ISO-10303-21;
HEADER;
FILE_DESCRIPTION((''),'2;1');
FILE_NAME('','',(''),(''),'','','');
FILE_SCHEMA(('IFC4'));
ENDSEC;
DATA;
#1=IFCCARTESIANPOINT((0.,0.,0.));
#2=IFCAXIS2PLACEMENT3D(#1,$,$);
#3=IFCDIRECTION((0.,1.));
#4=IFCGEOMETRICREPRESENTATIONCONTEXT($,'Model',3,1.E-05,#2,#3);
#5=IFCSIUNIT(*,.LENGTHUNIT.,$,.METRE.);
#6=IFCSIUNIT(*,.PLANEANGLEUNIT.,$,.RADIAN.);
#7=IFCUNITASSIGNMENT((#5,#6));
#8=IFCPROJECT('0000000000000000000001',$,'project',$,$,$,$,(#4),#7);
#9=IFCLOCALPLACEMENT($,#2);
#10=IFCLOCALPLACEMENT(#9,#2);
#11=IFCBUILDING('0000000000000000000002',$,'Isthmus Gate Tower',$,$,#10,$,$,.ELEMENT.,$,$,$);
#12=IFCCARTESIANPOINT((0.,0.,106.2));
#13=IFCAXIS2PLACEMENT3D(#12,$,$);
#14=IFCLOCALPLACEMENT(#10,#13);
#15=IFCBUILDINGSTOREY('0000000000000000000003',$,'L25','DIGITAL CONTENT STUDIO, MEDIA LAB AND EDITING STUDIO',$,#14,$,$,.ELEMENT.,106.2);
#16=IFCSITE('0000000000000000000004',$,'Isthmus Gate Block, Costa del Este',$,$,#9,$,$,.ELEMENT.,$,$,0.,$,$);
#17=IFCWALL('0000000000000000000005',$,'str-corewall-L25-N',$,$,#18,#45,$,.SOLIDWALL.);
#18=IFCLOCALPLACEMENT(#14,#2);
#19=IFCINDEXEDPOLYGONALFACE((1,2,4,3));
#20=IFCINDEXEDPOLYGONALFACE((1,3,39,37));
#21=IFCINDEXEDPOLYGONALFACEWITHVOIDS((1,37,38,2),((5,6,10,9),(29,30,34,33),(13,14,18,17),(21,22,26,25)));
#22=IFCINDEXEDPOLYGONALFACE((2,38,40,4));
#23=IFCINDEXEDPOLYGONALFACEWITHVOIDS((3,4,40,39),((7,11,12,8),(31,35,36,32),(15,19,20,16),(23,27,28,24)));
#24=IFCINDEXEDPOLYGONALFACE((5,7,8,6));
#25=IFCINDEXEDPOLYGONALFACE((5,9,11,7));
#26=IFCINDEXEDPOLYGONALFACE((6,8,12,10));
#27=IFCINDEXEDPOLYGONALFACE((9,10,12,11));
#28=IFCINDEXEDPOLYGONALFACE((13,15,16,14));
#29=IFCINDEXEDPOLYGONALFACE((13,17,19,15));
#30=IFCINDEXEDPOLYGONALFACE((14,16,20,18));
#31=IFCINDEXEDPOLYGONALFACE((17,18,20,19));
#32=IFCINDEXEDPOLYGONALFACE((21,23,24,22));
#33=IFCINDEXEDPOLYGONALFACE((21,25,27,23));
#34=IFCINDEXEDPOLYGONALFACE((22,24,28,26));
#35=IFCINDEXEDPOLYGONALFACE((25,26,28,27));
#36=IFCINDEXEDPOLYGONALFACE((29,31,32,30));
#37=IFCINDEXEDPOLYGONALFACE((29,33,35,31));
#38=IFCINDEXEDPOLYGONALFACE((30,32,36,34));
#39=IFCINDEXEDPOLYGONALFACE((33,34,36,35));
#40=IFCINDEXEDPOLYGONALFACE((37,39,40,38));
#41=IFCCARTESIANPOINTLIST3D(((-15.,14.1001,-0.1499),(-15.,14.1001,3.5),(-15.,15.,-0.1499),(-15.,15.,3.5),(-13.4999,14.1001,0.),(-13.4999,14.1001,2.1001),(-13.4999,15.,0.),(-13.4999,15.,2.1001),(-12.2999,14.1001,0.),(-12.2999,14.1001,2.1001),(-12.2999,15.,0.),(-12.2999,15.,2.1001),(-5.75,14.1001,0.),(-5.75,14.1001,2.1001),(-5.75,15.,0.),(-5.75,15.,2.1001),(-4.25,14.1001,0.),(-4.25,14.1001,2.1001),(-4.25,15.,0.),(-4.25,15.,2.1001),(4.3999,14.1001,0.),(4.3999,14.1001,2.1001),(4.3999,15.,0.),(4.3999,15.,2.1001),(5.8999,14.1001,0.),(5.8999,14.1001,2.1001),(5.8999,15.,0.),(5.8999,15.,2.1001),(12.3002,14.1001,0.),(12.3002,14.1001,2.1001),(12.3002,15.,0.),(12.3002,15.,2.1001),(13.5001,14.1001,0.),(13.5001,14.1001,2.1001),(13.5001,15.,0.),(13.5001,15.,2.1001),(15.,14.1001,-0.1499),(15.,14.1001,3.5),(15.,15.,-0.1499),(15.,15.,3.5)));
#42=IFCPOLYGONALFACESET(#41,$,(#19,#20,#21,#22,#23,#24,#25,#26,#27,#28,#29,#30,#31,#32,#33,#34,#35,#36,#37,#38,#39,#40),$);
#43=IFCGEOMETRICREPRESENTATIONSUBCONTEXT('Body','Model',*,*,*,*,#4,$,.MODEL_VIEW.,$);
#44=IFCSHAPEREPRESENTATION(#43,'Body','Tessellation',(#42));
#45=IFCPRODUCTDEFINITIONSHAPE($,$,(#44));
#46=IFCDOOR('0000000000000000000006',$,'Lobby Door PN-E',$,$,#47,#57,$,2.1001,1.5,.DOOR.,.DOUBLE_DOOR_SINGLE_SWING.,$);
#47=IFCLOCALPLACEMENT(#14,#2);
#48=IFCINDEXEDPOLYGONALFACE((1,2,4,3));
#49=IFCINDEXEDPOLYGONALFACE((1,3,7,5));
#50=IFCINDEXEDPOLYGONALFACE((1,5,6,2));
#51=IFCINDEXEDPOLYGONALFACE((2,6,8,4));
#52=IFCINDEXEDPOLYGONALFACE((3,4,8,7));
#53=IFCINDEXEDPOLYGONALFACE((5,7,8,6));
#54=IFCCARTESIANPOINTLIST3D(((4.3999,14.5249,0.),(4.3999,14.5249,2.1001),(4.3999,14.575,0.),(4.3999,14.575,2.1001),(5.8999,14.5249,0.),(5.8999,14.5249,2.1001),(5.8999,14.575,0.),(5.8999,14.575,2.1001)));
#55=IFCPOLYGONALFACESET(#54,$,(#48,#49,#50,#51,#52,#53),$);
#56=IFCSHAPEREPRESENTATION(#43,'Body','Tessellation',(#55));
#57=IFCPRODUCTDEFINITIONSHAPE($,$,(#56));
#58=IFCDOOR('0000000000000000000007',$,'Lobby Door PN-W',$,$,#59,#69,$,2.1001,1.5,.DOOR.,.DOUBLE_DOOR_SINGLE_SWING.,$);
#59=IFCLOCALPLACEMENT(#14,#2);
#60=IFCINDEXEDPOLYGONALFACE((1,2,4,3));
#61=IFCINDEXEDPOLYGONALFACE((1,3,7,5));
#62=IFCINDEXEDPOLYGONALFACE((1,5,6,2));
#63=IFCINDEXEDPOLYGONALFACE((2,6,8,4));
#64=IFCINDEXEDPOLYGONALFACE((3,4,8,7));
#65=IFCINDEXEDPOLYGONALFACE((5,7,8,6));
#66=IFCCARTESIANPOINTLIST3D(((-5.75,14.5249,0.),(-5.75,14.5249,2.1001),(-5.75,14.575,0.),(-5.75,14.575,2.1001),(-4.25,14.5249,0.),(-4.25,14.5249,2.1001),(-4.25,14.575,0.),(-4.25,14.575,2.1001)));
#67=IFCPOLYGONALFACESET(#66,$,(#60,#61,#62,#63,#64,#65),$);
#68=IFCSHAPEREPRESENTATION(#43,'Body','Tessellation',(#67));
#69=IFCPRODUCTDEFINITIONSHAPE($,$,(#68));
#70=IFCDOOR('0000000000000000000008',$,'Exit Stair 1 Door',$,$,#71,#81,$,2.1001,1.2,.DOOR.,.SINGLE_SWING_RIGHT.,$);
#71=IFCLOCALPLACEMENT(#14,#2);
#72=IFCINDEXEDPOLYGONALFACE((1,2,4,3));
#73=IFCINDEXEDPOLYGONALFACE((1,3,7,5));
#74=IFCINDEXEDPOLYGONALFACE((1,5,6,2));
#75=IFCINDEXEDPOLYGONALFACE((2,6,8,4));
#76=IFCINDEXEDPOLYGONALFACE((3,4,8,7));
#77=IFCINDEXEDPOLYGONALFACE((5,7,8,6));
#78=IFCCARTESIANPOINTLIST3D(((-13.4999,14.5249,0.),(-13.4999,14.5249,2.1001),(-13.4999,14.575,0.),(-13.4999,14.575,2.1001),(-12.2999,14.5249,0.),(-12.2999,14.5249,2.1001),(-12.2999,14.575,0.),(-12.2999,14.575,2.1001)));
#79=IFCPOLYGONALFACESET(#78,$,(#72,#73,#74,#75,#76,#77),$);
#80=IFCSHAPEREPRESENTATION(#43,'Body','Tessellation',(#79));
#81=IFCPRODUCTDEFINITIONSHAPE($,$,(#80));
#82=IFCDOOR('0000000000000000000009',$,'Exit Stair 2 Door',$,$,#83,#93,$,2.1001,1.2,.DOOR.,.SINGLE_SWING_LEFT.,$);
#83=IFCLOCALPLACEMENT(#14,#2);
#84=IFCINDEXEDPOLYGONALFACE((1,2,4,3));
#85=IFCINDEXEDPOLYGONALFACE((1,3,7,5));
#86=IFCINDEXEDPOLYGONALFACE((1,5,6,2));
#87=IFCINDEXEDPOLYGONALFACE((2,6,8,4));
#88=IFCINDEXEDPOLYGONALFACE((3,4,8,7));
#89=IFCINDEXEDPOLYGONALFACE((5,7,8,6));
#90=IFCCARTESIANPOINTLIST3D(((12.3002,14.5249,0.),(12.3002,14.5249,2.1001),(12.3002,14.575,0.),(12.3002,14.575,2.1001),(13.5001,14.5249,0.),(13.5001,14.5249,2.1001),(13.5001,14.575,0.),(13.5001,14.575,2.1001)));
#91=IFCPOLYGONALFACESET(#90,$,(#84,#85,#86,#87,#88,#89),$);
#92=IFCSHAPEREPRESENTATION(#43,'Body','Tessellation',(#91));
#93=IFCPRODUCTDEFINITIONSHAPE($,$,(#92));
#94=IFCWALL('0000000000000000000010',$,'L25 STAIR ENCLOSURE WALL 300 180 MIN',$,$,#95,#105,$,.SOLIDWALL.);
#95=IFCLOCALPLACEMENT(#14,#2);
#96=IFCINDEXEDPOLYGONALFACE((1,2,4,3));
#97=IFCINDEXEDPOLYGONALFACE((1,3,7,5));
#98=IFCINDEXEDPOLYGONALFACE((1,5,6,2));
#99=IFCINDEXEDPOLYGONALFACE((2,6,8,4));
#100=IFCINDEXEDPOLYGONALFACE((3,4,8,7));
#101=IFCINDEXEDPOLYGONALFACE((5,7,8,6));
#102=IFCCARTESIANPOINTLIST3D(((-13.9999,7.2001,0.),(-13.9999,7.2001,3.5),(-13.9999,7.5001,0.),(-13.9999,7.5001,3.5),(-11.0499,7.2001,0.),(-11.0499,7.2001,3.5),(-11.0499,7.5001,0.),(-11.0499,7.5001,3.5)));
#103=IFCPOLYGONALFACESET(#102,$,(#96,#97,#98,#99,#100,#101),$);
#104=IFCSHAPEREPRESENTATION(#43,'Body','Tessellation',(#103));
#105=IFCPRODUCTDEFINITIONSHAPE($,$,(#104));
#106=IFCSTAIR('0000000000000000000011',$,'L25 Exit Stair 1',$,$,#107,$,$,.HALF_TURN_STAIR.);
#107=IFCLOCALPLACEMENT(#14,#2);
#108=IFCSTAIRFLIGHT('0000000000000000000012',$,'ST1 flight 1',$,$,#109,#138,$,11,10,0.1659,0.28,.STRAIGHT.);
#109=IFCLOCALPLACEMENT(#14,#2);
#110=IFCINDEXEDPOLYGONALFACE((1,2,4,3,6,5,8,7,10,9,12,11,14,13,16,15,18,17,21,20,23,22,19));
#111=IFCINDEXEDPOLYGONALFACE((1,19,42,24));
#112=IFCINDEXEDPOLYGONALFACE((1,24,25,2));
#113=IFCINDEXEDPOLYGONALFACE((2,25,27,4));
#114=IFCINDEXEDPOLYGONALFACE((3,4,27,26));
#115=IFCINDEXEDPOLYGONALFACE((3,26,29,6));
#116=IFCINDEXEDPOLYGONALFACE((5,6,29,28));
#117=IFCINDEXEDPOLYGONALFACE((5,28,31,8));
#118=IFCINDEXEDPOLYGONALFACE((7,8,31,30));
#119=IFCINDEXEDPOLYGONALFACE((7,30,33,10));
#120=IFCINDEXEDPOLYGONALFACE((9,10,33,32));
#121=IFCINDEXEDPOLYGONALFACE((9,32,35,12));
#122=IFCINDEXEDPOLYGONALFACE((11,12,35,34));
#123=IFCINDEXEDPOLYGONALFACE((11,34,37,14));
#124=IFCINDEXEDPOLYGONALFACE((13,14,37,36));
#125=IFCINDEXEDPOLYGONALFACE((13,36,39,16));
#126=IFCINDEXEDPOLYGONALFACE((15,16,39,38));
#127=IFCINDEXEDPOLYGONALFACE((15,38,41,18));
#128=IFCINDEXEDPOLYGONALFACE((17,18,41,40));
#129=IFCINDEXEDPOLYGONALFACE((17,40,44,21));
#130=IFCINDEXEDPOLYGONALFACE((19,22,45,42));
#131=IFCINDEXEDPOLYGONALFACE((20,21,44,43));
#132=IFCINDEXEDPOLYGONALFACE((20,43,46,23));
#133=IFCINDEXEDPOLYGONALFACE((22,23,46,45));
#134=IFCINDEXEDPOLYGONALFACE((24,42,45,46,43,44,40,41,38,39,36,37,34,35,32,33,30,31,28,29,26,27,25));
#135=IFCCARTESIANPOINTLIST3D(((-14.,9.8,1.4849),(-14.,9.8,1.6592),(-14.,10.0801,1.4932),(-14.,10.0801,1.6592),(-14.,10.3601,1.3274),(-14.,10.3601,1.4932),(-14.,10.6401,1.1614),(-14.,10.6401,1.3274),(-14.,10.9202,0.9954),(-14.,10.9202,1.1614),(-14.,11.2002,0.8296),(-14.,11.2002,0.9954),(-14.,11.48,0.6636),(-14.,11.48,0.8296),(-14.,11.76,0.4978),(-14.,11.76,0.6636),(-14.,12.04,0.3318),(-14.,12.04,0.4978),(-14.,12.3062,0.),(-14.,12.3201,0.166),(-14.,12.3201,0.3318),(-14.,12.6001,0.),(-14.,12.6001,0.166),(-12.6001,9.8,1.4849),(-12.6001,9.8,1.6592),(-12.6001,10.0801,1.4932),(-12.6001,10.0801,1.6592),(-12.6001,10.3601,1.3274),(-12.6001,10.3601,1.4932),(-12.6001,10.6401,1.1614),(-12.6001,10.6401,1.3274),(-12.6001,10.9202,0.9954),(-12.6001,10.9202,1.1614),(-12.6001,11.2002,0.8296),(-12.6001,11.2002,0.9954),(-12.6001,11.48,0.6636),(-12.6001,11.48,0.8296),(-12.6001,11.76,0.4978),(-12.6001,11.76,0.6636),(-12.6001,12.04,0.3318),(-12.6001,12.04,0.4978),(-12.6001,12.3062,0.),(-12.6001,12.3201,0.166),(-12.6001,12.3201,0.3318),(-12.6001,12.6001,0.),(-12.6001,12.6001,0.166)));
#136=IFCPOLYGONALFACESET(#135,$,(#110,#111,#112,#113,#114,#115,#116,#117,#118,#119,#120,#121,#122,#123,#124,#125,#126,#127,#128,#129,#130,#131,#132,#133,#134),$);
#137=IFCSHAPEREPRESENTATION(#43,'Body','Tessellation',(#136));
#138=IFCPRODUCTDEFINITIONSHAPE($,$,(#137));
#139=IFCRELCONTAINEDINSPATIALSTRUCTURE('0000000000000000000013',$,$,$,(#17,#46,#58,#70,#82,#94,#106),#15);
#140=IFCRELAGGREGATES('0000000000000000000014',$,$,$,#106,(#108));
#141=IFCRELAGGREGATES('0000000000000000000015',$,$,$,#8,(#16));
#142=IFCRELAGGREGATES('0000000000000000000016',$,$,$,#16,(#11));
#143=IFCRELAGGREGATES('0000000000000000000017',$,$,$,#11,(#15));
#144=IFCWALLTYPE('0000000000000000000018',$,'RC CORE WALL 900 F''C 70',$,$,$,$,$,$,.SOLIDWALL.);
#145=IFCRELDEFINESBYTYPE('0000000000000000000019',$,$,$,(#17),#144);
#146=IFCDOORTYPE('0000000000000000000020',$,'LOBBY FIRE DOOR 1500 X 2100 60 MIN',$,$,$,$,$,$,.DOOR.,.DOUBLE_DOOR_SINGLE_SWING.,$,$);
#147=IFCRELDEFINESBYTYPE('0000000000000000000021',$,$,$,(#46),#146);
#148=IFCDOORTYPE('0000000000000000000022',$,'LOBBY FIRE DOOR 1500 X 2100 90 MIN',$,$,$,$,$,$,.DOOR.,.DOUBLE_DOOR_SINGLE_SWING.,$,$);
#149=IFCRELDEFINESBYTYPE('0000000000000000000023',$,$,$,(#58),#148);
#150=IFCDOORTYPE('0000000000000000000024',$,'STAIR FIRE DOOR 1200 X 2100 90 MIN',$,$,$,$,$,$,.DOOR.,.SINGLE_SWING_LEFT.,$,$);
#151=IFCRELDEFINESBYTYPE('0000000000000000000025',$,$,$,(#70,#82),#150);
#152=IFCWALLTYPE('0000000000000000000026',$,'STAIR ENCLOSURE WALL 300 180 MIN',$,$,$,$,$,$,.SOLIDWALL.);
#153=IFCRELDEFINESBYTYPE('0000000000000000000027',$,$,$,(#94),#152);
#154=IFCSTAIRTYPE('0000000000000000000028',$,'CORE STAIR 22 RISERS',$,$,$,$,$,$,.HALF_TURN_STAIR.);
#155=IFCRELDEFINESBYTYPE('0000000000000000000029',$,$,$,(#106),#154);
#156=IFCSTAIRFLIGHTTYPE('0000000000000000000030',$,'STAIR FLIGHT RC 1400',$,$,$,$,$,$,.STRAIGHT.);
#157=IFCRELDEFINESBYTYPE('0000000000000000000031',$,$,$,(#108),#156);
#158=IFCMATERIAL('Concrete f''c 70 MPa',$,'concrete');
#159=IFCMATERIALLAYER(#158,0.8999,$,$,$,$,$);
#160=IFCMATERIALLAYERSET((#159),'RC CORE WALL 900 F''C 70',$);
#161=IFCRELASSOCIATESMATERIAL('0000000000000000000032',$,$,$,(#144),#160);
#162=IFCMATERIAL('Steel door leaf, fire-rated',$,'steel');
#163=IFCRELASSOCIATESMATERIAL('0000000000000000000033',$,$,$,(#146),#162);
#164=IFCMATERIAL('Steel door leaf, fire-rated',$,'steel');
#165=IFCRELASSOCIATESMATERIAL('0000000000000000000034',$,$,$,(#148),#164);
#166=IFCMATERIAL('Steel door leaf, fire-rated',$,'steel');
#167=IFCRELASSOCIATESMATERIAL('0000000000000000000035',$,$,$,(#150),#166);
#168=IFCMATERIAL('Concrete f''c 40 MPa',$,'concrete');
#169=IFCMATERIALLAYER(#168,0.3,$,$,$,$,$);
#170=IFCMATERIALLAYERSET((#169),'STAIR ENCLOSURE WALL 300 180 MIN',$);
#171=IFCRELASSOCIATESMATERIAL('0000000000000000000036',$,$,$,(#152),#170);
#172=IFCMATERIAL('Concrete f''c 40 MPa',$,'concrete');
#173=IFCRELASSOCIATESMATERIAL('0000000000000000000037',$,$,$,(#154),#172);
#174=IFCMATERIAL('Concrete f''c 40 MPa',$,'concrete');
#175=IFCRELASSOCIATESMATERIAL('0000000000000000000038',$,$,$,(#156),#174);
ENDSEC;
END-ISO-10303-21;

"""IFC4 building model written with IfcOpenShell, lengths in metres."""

from ifc_helpers import new_model, si_unit, direction, frame, frame_2d, origin, place, context, subcontext, project, spatial, polyline, rectangle, outline, extrude, material, layer, layer_set, type_object, element, fill, aggregate, save


model = new_model("IFC4")

# Units and contexts
model_context = context("Model", 3, precision=1e-05, world=origin(), true_north=direction((0.0, 1.0)))
body_context = subcontext(model_context, "Body", "Model", "MODEL_VIEW")
ifc_project = project(units=[si_unit("LENGTHUNIT", "METRE"), si_unit("PLANEANGLEUNIT", "RADIAN")], contexts=[model_context])

# Site, building, storey
site_placement = place(None, origin())
site = spatial("IfcSite", under=ifc_project, at=site_placement, Name="Isthmus Gate Block, Costa del Este", CompositionType="ELEMENT", RefElevation=0.0)
building_placement = place(site_placement, origin())
building = spatial("IfcBuilding", under=site, at=building_placement, Name="Isthmus Gate Tower", CompositionType="ELEMENT")
storey_placement = place(building_placement, frame((0.0, 0.0, 106.2)))
storey = spatial("IfcBuildingStorey", under=building, at=storey_placement, Name="L25", Description="DIGITAL CONTENT STUDIO, MEDIA LAB AND EDITING STUDIO", CompositionType="ELEMENT", Elevation=106.2)

# Wall, openings, doors
ifc_material_1 = material(Name="Concrete f'c 70 MPa", Category="concrete")
ifc_layer_1 = layer(ifc_material_1, 0.8999)
ifc_layer_set_1 = layer_set([ifc_layer_1], Name="RC CORE WALL 900 F'C 70")
wall_type_1 = type_object("IfcWallType", Name="RC CORE WALL 900 F'C 70", PredefinedType="SOLIDWALL", material=ifc_layer_set_1)
wall_1_placement = place(storey_placement, frame((-15.0, 14.55, -0.1499), z_axis=(0.0, 0.0, 1.0), x_axis=(1.0, 0.0, 0.0)))
wall_1 = element("IfcWall", 1, at=wall_1_placement, inside=storey, type_object=wall_type_1, Name="str-corewall-L25-N", PredefinedType="SOLIDWALL", context=body_context, shape_type="SweptSolid", body=[
    extrude(rectangle(XDim=30.0, YDim=0.8999, at=frame_2d((15.0, 0.0))), origin(), (0.0, 0.0, 1.0), 3.6499),
])
opening_1_placement = place(wall_1_placement, frame((9.25, 0.0, 0.1499)))
opening_1 = element("IfcOpeningElement", 2, at=opening_1_placement, cuts=wall_1, PredefinedType="OPENING", context=body_context, shape_type="SweptSolid", body=[
    extrude(rectangle(XDim=1.5, YDim=2.1001, at=frame_2d((0.75, 1.05))), frame((0.0, 0.46, 0.0), z_axis=(0.0, -1.0, 0.0), x_axis=(1.0, 0.0, 0.0)), (0.0, 0.0, 1.0), 0.9199),
])
opening_2_placement = place(wall_1_placement, frame((19.3999, 0.0, 0.1499)))
opening_2 = element("IfcOpeningElement", 3, at=opening_2_placement, cuts=wall_1, PredefinedType="OPENING", context=body_context, shape_type="SweptSolid", body=[
    extrude(rectangle(XDim=1.5, YDim=2.1001, at=frame_2d((0.75, 1.05))), frame((0.0, 0.46, 0.0), z_axis=(0.0, -1.0, 0.0), x_axis=(1.0, 0.0, 0.0)), (0.0, 0.0, 1.0), 0.9199),
])
opening_3_placement = place(wall_1_placement, frame((1.5, 0.0, 0.1499)))
opening_3 = element("IfcOpeningElement", 4, at=opening_3_placement, cuts=wall_1, PredefinedType="OPENING", context=body_context, shape_type="SweptSolid", body=[
    extrude(rectangle(XDim=1.2, YDim=2.1001, at=frame_2d((0.6001, 1.05))), frame((0.0, 0.46, 0.0), z_axis=(0.0, -1.0, 0.0), x_axis=(1.0, 0.0, 0.0)), (0.0, 0.0, 1.0), 0.9199),
])
opening_4_placement = place(wall_1_placement, frame((27.3, 0.0, 0.1499)))
opening_4 = element("IfcOpeningElement", 5, at=opening_4_placement, cuts=wall_1, PredefinedType="OPENING", context=body_context, shape_type="SweptSolid", body=[
    extrude(rectangle(XDim=1.2, YDim=2.1001, at=frame_2d((0.6001, 1.05))), frame((0.0, 0.46, 0.0), z_axis=(0.0, -1.0, 0.0), x_axis=(1.0, 0.0, 0.0)), (0.0, 0.0, 1.0), 0.9199),
])
ifc_material_2 = material(Name="Steel door leaf, fire-rated", Category="steel")
door_type_1 = type_object("IfcDoorType", Name="LOBBY FIRE DOOR 1500 X 2100 60 MIN", OperationType="DOUBLE_DOOR_SINGLE_SWING", PredefinedType="DOOR", material=ifc_material_2)
door_1_placement = place(opening_2_placement, origin())
door_1 = element("IfcDoor", 6, at=door_1_placement, inside=storey, type_object=door_type_1, Name="Lobby Door PN-E", OperationType="DOUBLE_DOOR_SINGLE_SWING", OverallHeight=2.1001, OverallWidth=1.5, PredefinedType="DOOR", context=body_context, shape_type="SweptSolid", body=[
    extrude(rectangle(XDim=1.5, YDim=2.1001, at=frame_2d((0.75, 1.05))), frame((0.0, 0.0249, 0.0), z_axis=(0.0, -1.0, 0.0), x_axis=(1.0, 0.0, 0.0)), (0.0, 0.0, 1.0), 0.05),
])
fill(opening_2, door_1)
ifc_material_3 = material(Name="Steel door leaf, fire-rated", Category="steel")
door_type_2 = type_object("IfcDoorType", Name="LOBBY FIRE DOOR 1500 X 2100 90 MIN", OperationType="DOUBLE_DOOR_SINGLE_SWING", PredefinedType="DOOR", material=ifc_material_3)
door_2_placement = place(opening_1_placement, origin())
door_2 = element("IfcDoor", 7, at=door_2_placement, inside=storey, type_object=door_type_2, Name="Lobby Door PN-W", OperationType="DOUBLE_DOOR_SINGLE_SWING", OverallHeight=2.1001, OverallWidth=1.5, PredefinedType="DOOR", context=body_context, shape_type="SweptSolid", body=[
    extrude(rectangle(XDim=1.5, YDim=2.1001, at=frame_2d((0.75, 1.05))), frame((0.0, 0.0249, 0.0), z_axis=(0.0, -1.0, 0.0), x_axis=(1.0, 0.0, 0.0)), (0.0, 0.0, 1.0), 0.05),
])
fill(opening_1, door_2)
ifc_material_4 = material(Name="Steel door leaf, fire-rated", Category="steel")
door_type_3 = type_object("IfcDoorType", Name="STAIR FIRE DOOR 1200 X 2100 90 MIN", OperationType="SINGLE_SWING_LEFT", PredefinedType="DOOR", material=ifc_material_4)
door_3_placement = place(opening_3_placement, origin())
door_3 = element("IfcDoor", 8, at=door_3_placement, inside=storey, type_object=door_type_3, Name="Exit Stair 1 Door", OperationType="SINGLE_SWING_RIGHT", OverallHeight=2.1001, OverallWidth=1.2, PredefinedType="DOOR", context=body_context, shape_type="SweptSolid", body=[
    extrude(rectangle(XDim=1.2, YDim=2.1001, at=frame_2d((0.6001, 1.05))), frame((0.0, 0.0249, 0.0), z_axis=(0.0, -1.0, 0.0), x_axis=(1.0, 0.0, 0.0)), (0.0, 0.0, 1.0), 0.05),
])
fill(opening_3, door_3)
door_4_placement = place(opening_4_placement, origin())
door_4 = element("IfcDoor", 9, at=door_4_placement, inside=storey, type_object=door_type_3, Name="Exit Stair 2 Door", OperationType="SINGLE_SWING_LEFT", OverallHeight=2.1001, OverallWidth=1.2, PredefinedType="DOOR", context=body_context, shape_type="SweptSolid", body=[
    extrude(rectangle(XDim=1.2, YDim=2.1001, at=frame_2d((0.6001, 1.05))), frame((0.0, 0.0249, 0.0), z_axis=(0.0, -1.0, 0.0), x_axis=(1.0, 0.0, 0.0)), (0.0, 0.0, 1.0), 0.05),
])
fill(opening_4, door_4)

# Wall
ifc_material_5 = material(Name="Concrete f'c 40 MPa", Category="concrete")
ifc_layer_2 = layer(ifc_material_5, 0.3)
ifc_layer_set_2 = layer_set([ifc_layer_2], Name="STAIR ENCLOSURE WALL 300 180 MIN")
wall_type_2 = type_object("IfcWallType", Name="STAIR ENCLOSURE WALL 300 180 MIN", PredefinedType="SOLIDWALL", material=ifc_layer_set_2)
wall_2_placement = place(storey_placement, frame((-14.0, 7.3501, 0.0), z_axis=(0.0, 0.0, 1.0), x_axis=(1.0, 0.0, 0.0)))
element("IfcWall", 10, at=wall_2_placement, inside=storey, type_object=wall_type_2, Name="L25 STAIR ENCLOSURE WALL 300 180 MIN", PredefinedType="SOLIDWALL", context=body_context, shape_type="SweptSolid", body=[
    extrude(rectangle(XDim=2.95, YDim=0.3, at=frame_2d((1.4751, 0.0))), origin(), (0.0, 0.0, 1.0), 3.5),
])

# Stair, stair flight
ifc_material_6 = material(Name="Concrete f'c 40 MPa", Category="concrete")
stair_type = type_object("IfcStairType", Name="CORE STAIR 22 RISERS", PredefinedType="HALF_TURN_STAIR", material=ifc_material_6)
stair_placement = place(storey_placement, origin())
stair = element("IfcStair", 11, at=stair_placement, inside=storey, type_object=stair_type, Name="L25 Exit Stair 1", PredefinedType="HALF_TURN_STAIR")
ifc_material_7 = material(Name="Concrete f'c 40 MPa", Category="concrete")
stair_flight_type = type_object("IfcStairFlightType", Name="STAIR FLIGHT RC 1400", PredefinedType="STRAIGHT", material=ifc_material_7)
stair_flight_placement = place(storey_placement, frame((-13.3, 12.6001, 0.0), z_axis=(0.0, 0.0, 1.0), x_axis=(0.0, -1.0, 0.0)))
stair_flight = element("IfcStairFlight", 12, at=stair_flight_placement, type_object=stair_flight_type, Name="ST1 flight 1", NumberOfRisers=11, NumberOfTreads=10, PredefinedType="STRAIGHT", RiserHeight=0.1659, TreadLength=0.28, context=body_context, shape_type="SweptSolid", body=[
    extrude(outline(polyline([(0.0, 0.0), (0.0, 0.166), (0.28, 0.166), (0.28, 0.3318), (0.5601, 0.3318), (0.5601, 0.4978), (0.8401, 0.4978), (0.8401, 0.6636), (1.1201, 0.6636), (1.1201, 0.8296), (1.3999, 0.8296), (1.3999, 0.9954), (1.6799, 0.9954), (1.6799, 1.1614), (1.96, 1.1614), (1.96, 1.3274), (2.24, 1.3274), (2.24, 1.4932), (2.52, 1.4932), (2.52, 1.6592), (2.8, 1.6592), (2.8, 1.825), (2.8, 1.4849), (0.2939, 0.0), (0.0, 0.0)])), frame((0.0, 0.7, 0.0), z_axis=(0.0, -1.0, 0.0), x_axis=(1.0, 0.0, 0.0)), (0.0, 0.0, 1.0), 1.3999),
])
aggregate(stair, [stair_flight])

save(model, "model.ifc")
